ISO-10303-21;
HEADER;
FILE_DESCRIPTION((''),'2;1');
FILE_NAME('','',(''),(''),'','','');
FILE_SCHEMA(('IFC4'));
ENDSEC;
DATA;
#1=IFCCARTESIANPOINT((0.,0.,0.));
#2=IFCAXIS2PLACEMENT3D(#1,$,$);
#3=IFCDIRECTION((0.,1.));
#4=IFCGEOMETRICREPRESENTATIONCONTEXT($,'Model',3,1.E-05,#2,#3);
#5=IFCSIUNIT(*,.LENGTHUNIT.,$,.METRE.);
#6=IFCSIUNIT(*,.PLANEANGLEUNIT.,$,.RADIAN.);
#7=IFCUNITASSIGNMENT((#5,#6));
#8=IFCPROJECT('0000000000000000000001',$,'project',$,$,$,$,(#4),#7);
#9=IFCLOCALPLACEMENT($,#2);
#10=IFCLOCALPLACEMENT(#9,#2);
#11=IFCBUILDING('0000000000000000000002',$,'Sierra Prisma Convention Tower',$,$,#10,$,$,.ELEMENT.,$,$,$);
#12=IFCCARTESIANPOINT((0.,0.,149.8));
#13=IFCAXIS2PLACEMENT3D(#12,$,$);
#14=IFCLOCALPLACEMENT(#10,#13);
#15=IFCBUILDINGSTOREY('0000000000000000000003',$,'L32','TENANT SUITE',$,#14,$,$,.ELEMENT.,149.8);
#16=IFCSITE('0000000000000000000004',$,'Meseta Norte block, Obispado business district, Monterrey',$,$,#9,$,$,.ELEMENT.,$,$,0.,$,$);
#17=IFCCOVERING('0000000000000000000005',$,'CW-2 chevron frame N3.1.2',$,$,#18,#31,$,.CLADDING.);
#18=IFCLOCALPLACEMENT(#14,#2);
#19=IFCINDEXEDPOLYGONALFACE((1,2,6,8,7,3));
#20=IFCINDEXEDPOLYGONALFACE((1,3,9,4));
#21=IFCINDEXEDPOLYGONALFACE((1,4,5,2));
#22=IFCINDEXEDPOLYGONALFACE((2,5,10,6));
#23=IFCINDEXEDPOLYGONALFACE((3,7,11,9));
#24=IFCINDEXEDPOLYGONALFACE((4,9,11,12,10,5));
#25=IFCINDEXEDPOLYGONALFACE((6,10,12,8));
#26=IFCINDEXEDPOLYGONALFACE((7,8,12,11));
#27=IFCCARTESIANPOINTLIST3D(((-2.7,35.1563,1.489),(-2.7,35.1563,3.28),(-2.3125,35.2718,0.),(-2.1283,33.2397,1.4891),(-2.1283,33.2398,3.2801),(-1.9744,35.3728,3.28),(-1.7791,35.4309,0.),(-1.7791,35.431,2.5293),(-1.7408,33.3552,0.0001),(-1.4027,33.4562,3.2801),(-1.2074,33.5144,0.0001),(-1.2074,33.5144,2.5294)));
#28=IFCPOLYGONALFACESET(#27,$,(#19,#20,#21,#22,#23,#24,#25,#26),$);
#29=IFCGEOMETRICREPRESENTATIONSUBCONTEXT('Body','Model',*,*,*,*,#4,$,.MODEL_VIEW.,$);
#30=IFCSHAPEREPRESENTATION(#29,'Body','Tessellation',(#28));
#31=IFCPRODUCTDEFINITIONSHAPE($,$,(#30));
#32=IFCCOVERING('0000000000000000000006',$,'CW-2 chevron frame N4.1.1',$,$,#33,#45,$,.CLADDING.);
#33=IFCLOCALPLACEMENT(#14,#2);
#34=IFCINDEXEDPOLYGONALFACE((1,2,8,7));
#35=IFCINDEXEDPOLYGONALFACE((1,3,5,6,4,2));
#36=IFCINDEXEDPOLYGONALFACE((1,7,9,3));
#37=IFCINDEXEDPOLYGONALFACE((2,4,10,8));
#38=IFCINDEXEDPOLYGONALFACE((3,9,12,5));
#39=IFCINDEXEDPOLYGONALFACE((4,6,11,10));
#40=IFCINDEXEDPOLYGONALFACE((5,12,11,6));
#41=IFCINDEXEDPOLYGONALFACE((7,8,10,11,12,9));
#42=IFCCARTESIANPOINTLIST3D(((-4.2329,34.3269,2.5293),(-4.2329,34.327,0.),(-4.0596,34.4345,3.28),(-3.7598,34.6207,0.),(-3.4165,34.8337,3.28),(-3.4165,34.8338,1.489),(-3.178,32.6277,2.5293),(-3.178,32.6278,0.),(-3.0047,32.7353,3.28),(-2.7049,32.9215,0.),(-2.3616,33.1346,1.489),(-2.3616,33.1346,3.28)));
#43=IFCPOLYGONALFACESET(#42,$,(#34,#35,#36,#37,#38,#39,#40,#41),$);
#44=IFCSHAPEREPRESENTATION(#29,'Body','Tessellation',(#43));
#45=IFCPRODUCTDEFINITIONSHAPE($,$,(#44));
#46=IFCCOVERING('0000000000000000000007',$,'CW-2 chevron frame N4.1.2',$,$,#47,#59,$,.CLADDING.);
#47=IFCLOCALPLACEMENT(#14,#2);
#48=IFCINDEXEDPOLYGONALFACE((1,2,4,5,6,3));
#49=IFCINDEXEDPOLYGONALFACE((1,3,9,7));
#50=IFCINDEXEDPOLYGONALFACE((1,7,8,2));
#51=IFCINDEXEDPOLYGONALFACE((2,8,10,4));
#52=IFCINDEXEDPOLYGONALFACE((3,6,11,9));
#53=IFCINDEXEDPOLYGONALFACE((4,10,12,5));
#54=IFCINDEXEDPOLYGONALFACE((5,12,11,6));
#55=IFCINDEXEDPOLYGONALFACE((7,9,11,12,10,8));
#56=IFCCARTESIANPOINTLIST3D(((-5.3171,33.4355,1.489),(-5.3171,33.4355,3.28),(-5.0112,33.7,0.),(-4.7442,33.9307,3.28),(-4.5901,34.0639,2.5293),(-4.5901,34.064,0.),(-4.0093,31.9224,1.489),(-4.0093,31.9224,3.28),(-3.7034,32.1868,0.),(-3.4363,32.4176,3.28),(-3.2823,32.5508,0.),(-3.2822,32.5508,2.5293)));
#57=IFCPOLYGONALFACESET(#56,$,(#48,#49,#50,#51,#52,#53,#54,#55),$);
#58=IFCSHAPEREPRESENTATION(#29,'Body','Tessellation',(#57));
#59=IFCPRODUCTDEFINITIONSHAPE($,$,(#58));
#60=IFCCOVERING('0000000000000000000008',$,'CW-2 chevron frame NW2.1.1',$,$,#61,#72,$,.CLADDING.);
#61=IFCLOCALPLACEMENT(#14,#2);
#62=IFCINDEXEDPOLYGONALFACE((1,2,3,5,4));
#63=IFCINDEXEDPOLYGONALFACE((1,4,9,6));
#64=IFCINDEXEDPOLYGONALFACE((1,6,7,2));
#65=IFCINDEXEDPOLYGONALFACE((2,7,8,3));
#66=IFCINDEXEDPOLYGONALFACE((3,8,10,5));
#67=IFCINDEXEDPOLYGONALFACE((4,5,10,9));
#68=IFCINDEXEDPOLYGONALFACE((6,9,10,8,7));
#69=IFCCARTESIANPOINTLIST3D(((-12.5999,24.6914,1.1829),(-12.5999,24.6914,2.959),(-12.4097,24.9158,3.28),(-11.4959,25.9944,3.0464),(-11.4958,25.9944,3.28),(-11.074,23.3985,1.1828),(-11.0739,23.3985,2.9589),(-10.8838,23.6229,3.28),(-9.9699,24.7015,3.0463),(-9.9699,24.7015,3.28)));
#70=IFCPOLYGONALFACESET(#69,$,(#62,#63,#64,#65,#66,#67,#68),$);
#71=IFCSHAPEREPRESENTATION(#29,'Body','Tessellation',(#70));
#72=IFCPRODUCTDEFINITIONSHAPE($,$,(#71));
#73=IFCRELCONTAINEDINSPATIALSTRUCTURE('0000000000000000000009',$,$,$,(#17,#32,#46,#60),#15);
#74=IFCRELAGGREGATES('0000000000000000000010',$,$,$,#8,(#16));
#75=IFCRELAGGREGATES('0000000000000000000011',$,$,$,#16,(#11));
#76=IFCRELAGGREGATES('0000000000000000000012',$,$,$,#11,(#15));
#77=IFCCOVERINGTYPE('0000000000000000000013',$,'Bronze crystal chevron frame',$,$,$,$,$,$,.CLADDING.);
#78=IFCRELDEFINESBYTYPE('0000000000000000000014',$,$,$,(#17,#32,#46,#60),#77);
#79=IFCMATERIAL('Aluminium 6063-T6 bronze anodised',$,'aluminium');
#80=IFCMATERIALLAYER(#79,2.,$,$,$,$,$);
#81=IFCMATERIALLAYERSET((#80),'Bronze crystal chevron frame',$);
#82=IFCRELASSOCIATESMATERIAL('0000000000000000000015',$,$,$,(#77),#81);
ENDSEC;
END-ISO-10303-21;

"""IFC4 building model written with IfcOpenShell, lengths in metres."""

from ifc_helpers import new_model, si_unit, direction, frame, origin, place, context, subcontext, project, spatial, polyline, outline, extrude, material, layer, layer_set, type_object, element, save


model = new_model("IFC4")

# Units and contexts
model_context = context("Model", 3, precision=1e-05, world=origin(), true_north=direction((0.0, 1.0)))
body_context = subcontext(model_context, "Body", "Model", "MODEL_VIEW")
ifc_project = project(units=[si_unit("LENGTHUNIT", "METRE"), si_unit("PLANEANGLEUNIT", "RADIAN")], contexts=[model_context])

# Site, building, storey
site_placement = place(None, origin())
site = spatial("IfcSite", under=ifc_project, at=site_placement, Name="Meseta Norte block, Obispado business district, Monterrey", CompositionType="ELEMENT", RefElevation=0.0)
building_placement = place(site_placement, origin())
building = spatial("IfcBuilding", under=site, at=building_placement, Name="Sierra Prisma Convention Tower", CompositionType="ELEMENT")
storey_placement = place(building_placement, frame((0.0, 0.0, 149.8)))
storey = spatial("IfcBuildingStorey", under=building, at=storey_placement, Name="L32", Description="TENANT SUITE", CompositionType="ELEMENT", Elevation=149.8)

# Coverings
ifc_material_1 = material(Name="Aluminium 6063-T6 bronze anodised", Category="aluminium")
ifc_layer_1 = layer(ifc_material_1, 2.0)
ifc_layer_set_1 = layer_set([ifc_layer_1], Name="Bronze crystal chevron frame")
covering_type = type_object("IfcCoveringType", Name="Bronze crystal chevron frame", PredefinedType="CLADDING", material=ifc_layer_set_1)
covering_1_placement = place(storey_placement, frame((-1.7791, 35.4309, 0.0), z_axis=(-0.285847, 0.958275, -0.000037), x_axis=(-0.958275, -0.285847, 0.0)))
element("IfcCovering", 1, at=covering_1_placement, inside=storey, type_object=covering_type, Name="CW-2 chevron frame N3.1.2", PredefinedType="CLADDING", context=body_context, shape_type="SweptSolid", body=[
    extrude(outline(polyline([(0.0, 0.0), (0.5567, 0.0), (0.961, 1.489), (0.961, 3.28), (0.2038, 3.28), (0.0, 2.5293), (0.0, 0.0)])), origin(), (0.0, 0.0, -1.0), 2.0),
])
covering_2_placement = place(storey_placement, frame((-3.4165, 34.8337, 3.28), z_axis=(-0.527451, 0.849586, 0.000023), x_axis=(-0.000012, 0.00002, -1.0)))
element("IfcCovering", 2, at=covering_2_placement, inside=storey, type_object=covering_type, Name="CW-2 chevron frame N4.1.1", PredefinedType="CLADDING", context=body_context, shape_type="SweptSolid", body=[
    extrude(outline(polyline([(0.0, 0.0), (1.791, 0.0), (3.28, 0.404), (3.28, 0.9609), (0.7507, 0.9609), (0.0, 0.757), (0.0, 0.0)])), origin(), (0.0, 0.0, -1.0), 2.0),
])
covering_3_placement = place(storey_placement, frame((-4.5901, 34.064, 0.0), z_axis=(-0.653913, 0.756569, 0.000019), x_axis=(-0.756569, -0.653913, 0.0)))
element("IfcCovering", 3, at=covering_3_placement, inside=storey, type_object=covering_type, Name="CW-2 chevron frame N4.1.2", PredefinedType="CLADDING", context=body_context, shape_type="SweptSolid", body=[
    extrude(outline(polyline([(0.0, 0.0), (0.5567, 0.0), (0.961, 1.489), (0.961, 3.28), (0.2037, 3.28), (0.0, 2.5293), (0.0, 0.0)])), origin(), (0.0, 0.0, -1.0), 2.0),
])
covering_4_placement = place(storey_placement, frame((-11.4958, 25.9944, 3.28), z_axis=(-0.762961, 0.646444, 0.000028), x_axis=(-0.000021, 0.000018, -1.0)))
element("IfcCovering", 4, at=covering_4_placement, inside=storey, type_object=covering_type, Name="CW-2 chevron frame NW2.1.1", PredefinedType="CLADDING", context=body_context, shape_type="SweptSolid", body=[
    extrude(outline(polyline([(0.0, 0.0), (0.2336, 0.0), (2.0972, 1.7078), (0.321, 1.7078), (0.0, 1.4137), (0.0, 0.0)])), origin(), (0.0, 0.0, -1.0), 2.0),
])

save(model, "model.ifc")
